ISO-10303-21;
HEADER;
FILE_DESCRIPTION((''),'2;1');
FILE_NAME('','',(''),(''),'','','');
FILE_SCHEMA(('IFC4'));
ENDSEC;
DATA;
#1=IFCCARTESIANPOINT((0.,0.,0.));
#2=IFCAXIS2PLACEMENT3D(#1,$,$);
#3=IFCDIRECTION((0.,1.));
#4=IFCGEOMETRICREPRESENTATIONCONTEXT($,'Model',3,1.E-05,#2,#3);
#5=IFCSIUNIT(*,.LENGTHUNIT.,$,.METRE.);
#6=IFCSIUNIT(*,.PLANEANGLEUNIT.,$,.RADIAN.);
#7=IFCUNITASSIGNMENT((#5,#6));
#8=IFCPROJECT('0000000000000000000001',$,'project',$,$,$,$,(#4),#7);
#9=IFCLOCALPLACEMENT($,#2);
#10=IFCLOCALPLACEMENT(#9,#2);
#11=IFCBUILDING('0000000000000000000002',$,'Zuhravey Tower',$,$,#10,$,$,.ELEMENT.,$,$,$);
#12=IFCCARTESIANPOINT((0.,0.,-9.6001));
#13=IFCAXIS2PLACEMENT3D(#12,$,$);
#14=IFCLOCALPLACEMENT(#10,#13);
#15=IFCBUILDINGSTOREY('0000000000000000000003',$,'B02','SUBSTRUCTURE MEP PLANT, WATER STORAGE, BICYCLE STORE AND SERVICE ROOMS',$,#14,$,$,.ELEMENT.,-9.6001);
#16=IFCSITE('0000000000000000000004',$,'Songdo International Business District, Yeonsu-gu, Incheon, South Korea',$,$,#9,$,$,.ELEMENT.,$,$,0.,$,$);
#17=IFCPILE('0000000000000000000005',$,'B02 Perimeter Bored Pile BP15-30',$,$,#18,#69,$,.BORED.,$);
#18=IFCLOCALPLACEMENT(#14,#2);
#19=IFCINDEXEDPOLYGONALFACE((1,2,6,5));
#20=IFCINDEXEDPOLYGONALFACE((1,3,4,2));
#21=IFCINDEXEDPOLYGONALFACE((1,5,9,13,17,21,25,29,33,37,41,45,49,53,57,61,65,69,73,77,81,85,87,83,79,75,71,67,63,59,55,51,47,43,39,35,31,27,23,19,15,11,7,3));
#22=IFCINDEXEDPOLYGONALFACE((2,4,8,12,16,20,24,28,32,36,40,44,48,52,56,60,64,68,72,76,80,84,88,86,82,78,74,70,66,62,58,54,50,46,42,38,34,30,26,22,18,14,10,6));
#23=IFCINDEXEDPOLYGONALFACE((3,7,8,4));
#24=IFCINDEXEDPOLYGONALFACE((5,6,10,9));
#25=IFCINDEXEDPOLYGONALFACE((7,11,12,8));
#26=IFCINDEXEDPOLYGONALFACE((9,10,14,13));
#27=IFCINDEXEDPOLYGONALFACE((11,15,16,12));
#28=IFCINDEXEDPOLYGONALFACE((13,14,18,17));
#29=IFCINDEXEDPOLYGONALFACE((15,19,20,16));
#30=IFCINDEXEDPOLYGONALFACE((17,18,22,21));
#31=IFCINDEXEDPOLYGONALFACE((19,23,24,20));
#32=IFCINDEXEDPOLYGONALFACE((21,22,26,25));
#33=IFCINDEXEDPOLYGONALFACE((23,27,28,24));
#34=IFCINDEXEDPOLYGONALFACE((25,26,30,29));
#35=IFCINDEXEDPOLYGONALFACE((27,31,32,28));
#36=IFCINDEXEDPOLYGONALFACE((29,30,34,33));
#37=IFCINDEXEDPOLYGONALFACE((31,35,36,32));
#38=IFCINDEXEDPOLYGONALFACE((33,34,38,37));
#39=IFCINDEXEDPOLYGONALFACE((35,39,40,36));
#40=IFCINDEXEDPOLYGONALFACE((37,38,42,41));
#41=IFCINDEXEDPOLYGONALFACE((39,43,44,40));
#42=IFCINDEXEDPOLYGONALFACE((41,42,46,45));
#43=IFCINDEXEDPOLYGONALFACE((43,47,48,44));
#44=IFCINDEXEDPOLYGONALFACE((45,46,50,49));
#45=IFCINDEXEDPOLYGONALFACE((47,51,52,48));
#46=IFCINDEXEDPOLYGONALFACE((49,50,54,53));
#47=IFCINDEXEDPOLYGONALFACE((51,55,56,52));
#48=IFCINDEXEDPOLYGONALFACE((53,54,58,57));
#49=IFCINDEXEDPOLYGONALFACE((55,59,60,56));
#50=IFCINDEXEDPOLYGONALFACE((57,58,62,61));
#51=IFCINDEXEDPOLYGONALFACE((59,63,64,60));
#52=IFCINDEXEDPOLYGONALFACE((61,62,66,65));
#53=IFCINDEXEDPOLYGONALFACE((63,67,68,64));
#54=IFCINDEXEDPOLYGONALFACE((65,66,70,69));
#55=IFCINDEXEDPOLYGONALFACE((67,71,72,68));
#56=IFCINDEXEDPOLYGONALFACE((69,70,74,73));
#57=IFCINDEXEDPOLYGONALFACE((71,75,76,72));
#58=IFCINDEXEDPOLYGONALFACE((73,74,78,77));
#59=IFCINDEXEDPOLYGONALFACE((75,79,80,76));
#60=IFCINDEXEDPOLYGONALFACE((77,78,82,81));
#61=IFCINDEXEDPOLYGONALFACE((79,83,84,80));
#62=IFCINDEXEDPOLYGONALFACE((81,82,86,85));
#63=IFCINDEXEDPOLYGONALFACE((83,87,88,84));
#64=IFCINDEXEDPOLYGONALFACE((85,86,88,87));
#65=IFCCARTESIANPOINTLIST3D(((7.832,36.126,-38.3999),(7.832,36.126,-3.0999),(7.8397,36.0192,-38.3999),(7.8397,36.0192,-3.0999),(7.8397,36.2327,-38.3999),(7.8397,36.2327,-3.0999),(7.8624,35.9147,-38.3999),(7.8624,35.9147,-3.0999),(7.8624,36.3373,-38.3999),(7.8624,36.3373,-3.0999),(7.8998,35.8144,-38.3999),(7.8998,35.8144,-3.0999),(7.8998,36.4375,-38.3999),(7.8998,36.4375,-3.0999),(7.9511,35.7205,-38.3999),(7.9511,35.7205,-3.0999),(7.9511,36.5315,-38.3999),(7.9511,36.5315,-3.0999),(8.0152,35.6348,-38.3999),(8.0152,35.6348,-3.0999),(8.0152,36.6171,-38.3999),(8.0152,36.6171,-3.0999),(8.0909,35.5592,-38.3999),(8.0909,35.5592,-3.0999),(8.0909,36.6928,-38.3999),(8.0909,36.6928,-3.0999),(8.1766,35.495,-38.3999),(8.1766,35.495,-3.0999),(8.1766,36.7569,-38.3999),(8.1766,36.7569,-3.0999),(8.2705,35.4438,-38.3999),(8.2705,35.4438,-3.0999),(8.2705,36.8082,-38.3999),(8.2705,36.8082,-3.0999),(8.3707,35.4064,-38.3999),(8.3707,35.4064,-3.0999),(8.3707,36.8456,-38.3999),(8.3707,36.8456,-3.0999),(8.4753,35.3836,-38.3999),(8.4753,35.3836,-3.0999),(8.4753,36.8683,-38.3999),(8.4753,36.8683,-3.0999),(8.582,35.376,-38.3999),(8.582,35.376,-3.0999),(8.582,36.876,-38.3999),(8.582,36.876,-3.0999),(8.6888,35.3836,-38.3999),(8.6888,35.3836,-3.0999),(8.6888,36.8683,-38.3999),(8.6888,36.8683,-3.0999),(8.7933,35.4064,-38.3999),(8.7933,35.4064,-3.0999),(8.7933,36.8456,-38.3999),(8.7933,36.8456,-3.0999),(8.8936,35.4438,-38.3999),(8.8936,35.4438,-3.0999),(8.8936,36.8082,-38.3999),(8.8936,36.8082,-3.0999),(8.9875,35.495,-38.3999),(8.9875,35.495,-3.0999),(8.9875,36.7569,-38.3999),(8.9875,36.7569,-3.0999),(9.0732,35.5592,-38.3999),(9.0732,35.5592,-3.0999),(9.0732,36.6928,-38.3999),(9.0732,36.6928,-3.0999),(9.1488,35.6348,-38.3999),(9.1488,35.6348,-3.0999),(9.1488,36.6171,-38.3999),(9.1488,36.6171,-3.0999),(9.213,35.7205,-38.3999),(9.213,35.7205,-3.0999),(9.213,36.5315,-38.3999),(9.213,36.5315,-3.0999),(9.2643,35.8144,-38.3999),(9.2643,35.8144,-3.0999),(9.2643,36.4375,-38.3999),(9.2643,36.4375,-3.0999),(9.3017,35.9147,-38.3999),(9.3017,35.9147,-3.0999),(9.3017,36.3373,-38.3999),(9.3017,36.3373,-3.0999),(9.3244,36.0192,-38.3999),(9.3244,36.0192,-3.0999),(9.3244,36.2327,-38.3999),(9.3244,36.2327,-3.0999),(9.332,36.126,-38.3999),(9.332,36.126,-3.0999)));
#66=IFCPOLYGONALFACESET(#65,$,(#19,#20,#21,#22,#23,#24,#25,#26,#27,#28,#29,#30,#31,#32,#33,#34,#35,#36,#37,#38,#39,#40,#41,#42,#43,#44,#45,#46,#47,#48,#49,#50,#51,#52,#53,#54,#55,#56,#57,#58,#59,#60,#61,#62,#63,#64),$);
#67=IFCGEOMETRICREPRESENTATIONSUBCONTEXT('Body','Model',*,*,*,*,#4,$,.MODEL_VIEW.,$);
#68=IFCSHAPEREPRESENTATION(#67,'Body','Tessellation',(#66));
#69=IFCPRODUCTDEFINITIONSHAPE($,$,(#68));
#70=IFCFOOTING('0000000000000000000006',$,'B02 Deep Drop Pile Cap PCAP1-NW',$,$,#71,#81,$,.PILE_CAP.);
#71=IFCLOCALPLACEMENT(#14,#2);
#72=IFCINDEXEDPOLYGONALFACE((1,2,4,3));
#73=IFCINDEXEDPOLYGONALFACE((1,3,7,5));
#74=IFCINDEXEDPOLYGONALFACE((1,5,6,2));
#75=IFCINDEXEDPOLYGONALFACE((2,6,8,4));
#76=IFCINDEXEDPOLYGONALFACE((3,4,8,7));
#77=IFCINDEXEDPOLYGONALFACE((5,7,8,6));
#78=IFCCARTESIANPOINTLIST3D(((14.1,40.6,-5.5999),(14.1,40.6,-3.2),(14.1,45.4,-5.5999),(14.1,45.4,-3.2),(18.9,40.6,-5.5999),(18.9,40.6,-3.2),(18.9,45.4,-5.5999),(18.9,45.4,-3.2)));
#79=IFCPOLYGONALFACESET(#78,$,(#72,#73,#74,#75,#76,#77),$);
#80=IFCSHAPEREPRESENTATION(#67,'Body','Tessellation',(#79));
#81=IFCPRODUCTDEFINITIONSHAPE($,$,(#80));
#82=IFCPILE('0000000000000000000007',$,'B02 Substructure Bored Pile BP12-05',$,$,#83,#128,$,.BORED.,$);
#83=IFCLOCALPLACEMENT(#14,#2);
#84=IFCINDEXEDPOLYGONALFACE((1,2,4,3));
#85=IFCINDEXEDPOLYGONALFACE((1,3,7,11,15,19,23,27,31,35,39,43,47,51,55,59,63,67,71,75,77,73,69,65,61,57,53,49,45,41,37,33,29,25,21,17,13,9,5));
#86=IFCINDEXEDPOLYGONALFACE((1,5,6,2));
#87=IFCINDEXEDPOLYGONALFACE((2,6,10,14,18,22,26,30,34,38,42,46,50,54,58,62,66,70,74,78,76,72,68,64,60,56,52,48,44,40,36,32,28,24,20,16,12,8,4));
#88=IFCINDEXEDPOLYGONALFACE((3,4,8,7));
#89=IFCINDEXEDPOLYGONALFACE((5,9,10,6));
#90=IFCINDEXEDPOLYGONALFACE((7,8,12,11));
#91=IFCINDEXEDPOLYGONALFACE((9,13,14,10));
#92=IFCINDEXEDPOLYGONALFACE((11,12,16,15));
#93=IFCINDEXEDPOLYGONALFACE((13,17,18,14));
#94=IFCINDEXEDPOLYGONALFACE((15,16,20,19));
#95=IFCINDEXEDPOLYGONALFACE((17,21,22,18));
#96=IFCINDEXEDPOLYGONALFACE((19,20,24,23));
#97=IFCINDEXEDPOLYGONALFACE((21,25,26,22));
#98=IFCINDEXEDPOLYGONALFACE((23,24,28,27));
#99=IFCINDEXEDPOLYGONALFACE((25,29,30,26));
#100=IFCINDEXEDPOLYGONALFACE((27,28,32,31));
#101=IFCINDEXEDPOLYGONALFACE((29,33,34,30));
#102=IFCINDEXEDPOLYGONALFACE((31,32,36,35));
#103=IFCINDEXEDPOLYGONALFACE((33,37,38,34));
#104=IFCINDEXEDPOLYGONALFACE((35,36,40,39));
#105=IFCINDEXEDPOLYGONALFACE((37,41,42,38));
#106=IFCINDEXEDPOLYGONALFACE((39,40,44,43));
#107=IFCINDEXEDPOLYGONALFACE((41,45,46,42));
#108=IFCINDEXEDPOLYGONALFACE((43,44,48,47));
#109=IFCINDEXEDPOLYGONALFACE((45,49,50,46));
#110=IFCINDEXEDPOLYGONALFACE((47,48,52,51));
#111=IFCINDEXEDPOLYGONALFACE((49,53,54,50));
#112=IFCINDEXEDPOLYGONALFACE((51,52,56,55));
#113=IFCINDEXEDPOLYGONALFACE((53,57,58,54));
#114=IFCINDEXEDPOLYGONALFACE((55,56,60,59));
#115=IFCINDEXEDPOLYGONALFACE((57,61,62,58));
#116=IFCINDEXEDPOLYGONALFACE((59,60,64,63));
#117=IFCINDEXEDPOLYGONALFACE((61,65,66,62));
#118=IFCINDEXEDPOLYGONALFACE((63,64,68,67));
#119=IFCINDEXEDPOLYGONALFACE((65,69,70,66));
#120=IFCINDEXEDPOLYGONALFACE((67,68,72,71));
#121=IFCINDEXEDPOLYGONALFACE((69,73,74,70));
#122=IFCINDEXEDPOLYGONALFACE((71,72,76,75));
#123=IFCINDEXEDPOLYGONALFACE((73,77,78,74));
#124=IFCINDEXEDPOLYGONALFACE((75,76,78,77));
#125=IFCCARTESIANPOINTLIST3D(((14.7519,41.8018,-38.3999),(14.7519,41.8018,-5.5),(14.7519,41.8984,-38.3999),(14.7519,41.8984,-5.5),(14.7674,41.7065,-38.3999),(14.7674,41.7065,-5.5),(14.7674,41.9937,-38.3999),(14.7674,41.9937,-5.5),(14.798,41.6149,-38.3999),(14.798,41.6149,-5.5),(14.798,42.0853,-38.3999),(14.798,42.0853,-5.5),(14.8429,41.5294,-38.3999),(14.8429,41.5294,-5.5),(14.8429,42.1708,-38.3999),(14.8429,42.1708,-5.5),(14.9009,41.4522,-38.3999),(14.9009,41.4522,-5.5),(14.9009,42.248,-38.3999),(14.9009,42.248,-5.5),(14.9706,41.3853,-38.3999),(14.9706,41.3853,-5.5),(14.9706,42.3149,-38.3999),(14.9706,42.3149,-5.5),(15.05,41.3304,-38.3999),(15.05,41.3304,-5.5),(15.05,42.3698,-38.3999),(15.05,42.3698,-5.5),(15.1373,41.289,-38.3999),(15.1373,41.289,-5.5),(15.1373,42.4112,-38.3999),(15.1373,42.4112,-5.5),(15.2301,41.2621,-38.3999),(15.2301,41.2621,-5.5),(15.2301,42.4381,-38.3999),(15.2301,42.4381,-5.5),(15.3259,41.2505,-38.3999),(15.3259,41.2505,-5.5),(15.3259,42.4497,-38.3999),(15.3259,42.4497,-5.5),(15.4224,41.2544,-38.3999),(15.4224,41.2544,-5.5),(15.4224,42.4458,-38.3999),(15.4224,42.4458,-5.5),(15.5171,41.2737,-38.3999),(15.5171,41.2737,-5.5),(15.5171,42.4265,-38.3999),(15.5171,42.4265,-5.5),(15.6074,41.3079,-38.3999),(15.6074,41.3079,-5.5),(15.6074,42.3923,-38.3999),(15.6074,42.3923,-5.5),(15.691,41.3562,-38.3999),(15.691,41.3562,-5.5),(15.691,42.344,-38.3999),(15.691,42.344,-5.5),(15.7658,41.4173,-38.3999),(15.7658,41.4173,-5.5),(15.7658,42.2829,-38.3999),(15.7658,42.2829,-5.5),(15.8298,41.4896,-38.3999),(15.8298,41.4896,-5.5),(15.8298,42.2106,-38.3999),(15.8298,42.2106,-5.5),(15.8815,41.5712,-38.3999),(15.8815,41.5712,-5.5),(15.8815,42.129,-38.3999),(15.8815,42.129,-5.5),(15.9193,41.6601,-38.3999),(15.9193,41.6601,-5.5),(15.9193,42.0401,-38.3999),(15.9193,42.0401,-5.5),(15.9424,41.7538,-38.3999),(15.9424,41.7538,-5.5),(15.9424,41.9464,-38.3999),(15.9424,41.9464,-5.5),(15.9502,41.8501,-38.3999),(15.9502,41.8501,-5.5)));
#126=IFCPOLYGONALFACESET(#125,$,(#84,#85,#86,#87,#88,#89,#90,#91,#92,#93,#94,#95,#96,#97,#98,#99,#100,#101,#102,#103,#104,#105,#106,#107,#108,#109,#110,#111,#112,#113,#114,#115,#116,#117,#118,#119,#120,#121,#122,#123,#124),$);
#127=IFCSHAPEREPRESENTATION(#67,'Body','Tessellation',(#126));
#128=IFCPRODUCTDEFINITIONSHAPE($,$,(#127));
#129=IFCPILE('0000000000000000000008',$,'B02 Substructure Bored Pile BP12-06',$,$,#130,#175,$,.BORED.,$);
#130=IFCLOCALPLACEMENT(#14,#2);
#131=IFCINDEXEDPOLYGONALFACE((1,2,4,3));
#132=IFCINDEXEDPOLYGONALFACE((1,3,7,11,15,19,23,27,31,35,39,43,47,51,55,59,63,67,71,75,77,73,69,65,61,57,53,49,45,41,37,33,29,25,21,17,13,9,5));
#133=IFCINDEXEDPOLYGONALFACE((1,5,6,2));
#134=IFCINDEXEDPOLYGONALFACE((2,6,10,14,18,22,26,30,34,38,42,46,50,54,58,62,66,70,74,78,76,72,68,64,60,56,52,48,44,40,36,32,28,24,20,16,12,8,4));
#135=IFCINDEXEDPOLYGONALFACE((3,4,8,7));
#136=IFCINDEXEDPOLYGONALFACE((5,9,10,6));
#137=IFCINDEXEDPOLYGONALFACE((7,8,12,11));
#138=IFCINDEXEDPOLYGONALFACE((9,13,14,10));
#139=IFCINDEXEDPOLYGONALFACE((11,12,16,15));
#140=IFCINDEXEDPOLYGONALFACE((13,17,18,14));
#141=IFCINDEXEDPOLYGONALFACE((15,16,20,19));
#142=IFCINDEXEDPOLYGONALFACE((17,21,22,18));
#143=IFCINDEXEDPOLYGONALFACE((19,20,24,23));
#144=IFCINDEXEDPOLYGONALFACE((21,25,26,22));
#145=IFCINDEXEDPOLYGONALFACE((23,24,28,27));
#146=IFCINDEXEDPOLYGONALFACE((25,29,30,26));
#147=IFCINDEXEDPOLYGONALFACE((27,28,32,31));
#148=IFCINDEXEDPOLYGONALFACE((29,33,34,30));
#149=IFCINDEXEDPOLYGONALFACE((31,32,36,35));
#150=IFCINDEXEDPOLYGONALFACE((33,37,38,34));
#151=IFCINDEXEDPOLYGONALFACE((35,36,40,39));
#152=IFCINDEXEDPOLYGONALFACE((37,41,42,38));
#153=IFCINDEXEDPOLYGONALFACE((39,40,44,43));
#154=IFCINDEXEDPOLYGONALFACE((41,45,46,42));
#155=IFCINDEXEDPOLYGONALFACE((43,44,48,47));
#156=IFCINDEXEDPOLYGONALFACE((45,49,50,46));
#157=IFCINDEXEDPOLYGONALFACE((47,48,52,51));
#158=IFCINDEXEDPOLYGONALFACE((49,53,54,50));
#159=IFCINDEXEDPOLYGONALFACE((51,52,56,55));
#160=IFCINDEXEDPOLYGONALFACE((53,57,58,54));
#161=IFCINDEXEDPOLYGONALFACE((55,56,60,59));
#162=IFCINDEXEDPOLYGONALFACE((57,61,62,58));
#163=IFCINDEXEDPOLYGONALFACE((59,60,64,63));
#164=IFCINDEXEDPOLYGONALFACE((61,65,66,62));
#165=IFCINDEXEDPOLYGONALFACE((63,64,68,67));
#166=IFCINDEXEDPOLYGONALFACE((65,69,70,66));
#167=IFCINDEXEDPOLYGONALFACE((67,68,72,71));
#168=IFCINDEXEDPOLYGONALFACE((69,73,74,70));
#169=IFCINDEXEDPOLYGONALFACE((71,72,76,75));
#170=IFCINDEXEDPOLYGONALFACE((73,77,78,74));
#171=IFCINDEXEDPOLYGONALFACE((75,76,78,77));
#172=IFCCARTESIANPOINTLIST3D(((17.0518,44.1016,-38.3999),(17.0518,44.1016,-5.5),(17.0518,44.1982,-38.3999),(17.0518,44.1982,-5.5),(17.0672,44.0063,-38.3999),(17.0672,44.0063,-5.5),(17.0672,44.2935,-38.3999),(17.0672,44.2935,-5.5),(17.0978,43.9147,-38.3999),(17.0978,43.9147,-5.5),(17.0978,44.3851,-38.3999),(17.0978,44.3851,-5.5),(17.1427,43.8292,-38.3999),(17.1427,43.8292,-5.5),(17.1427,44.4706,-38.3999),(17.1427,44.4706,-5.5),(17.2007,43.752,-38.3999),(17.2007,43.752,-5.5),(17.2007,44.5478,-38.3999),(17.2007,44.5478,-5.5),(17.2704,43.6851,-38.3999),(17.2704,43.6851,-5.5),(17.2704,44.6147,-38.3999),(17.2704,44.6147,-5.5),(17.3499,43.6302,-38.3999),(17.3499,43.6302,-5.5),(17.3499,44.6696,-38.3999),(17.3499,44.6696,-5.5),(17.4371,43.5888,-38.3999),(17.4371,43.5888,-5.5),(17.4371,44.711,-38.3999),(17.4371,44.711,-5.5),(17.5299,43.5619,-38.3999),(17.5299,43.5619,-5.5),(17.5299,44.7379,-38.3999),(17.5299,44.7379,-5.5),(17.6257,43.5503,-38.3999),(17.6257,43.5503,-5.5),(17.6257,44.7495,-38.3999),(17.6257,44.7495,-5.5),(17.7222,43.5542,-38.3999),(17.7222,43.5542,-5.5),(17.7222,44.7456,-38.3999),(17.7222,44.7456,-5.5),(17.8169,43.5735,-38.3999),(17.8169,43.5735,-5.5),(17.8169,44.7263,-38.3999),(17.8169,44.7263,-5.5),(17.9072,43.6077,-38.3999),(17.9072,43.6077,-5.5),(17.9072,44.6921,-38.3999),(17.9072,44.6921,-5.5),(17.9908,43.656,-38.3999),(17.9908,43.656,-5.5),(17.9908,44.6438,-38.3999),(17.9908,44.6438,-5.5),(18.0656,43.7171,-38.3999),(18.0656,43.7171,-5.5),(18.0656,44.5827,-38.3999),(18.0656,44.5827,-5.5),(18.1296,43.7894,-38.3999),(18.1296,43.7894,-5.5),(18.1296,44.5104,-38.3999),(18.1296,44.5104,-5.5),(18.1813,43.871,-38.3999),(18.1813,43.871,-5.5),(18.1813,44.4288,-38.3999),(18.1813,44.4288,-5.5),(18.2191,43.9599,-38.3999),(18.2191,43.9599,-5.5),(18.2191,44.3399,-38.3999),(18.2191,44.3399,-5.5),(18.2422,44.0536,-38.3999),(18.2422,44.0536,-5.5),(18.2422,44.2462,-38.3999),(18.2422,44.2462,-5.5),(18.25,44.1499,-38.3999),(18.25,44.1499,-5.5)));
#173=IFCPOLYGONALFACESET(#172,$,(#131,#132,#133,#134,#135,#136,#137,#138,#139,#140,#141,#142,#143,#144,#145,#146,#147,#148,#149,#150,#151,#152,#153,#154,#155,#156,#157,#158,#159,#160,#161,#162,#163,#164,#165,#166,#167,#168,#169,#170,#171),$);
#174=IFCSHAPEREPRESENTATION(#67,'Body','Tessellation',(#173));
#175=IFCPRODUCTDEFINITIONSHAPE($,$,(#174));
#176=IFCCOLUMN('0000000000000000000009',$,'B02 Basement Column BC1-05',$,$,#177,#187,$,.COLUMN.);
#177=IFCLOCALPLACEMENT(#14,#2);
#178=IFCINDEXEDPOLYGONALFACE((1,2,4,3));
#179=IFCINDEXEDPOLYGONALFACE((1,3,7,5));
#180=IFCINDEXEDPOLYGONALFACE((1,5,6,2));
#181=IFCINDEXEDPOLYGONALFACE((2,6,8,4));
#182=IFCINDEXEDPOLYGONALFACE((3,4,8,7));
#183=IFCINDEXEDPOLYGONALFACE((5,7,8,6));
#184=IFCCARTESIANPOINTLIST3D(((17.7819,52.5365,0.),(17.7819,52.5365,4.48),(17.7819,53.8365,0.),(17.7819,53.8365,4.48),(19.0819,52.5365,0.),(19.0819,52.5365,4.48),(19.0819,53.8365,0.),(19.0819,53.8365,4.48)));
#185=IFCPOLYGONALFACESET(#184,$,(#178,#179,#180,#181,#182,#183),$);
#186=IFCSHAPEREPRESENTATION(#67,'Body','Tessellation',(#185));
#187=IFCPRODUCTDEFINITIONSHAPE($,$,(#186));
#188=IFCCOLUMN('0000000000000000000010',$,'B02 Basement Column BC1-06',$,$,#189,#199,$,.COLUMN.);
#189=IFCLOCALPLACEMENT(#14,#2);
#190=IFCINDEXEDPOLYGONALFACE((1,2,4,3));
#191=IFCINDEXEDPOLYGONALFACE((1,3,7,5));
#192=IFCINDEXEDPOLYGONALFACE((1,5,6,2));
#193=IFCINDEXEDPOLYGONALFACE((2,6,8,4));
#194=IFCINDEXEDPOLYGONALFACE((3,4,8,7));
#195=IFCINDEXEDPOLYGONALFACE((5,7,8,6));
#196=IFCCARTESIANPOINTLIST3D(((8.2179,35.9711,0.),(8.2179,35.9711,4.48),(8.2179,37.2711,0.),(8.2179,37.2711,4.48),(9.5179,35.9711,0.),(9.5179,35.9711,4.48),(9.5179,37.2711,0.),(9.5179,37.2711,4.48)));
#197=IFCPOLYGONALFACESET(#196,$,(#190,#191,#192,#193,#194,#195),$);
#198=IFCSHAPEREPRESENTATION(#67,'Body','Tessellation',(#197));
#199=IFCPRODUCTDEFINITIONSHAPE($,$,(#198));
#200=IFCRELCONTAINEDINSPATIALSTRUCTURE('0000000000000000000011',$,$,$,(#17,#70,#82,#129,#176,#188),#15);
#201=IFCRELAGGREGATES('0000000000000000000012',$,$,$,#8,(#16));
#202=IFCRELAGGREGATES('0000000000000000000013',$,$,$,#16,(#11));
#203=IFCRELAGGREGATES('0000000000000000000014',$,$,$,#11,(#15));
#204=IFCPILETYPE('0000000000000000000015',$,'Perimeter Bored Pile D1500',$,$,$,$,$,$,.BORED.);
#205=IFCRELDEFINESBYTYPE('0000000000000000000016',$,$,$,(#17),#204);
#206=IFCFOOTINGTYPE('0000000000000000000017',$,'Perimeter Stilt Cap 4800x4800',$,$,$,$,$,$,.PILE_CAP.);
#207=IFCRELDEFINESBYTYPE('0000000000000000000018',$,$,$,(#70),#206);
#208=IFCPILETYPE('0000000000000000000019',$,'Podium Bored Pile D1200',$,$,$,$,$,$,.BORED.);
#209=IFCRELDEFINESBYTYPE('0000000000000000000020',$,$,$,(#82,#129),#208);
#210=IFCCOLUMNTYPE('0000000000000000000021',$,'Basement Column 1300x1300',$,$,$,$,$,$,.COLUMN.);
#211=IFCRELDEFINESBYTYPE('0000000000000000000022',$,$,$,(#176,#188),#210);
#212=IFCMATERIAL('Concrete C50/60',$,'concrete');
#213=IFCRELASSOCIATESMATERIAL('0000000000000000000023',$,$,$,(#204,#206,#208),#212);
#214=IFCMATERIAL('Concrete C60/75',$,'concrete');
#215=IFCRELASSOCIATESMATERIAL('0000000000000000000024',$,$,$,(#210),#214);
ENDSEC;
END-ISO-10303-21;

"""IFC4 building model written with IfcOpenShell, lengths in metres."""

from ifc_helpers import new_model, si_unit, direction, frame, origin, origin_2d, place, context, subcontext, project, spatial, rectangle, circle, extrude, material, material_profile, profile_set, type_object, element, save


model = new_model("IFC4")

# Units and contexts
model_context = context("Model", 3, precision=1e-05, world=origin(), true_north=direction((0.0, 1.0)))
body_context = subcontext(model_context, "Body", "Model", "MODEL_VIEW")
ifc_project = project(units=[si_unit("LENGTHUNIT", "METRE"), si_unit("PLANEANGLEUNIT", "RADIAN")], contexts=[model_context])

# Site, building, storey
site_placement = place(None, origin())
site = spatial("IfcSite", under=ifc_project, at=site_placement, Name="Songdo International Business District, Yeonsu-gu, Incheon, South Korea", CompositionType="ELEMENT", RefElevation=0.0)
building_placement = place(site_placement, origin())
building = spatial("IfcBuilding", under=site, at=building_placement, Name="Zuhravey Tower", CompositionType="ELEMENT")
storey_placement = place(building_placement, frame((0.0, 0.0, -9.6001)))
storey = spatial("IfcBuildingStorey", under=building, at=storey_placement, Name="B02", Description="SUBSTRUCTURE MEP PLANT, WATER STORAGE, BICYCLE STORE AND SERVICE ROOMS", CompositionType="ELEMENT", Elevation=-9.6001)

# Pile
ifc_material_1 = material(Name="Concrete C50/60", Category="concrete")
ifc_material_profile_1 = material_profile(ifc_material_1, circle(Radius=0.75, at=origin_2d()), Name="PILE-D1500")
ifc_profile_set_1 = profile_set([ifc_material_profile_1], Name="Concrete C50/60")
pile_type_1 = type_object("IfcPileType", Name="Perimeter Bored Pile D1500", PredefinedType="BORED", material=ifc_profile_set_1)
for number, where, z_axis, x_axis, name in (
    (1, (8.582, 36.126, -3.0999), (0.0, 0.0, -1.0), (1.0, 0.0, 0.0), "B02 Perimeter Bored Pile BP15-30"),
):
    element("IfcPile", number, at=place(storey_placement, frame(where, z_axis=z_axis, x_axis=x_axis)), inside=storey, type_object=pile_type_1, Name=name, PredefinedType="BORED", context=body_context, shape_type="SweptSolid", body=[
        extrude(circle(Radius=0.75, at=origin_2d()), origin(), (0.0, 0.0, 1.0), 35.3),
    ])

# Footing
footing_type = type_object("IfcFootingType", Name="Perimeter Stilt Cap 4800x4800", PredefinedType="PILE_CAP", material=ifc_material_1)
footing_placement = place(storey_placement, frame((16.5, 43.0, -5.5999), z_axis=(0.0, 0.0, 1.0), x_axis=(1.0, 0.0, 0.0)))
element("IfcFooting", 2, at=footing_placement, inside=storey, type_object=footing_type, Name="B02 Deep Drop Pile Cap PCAP1-NW", PredefinedType="PILE_CAP", context=body_context, shape_type="SweptSolid", body=[
    extrude(rectangle(XDim=4.8, YDim=4.8, at=origin_2d()), origin(), (0.0, 0.0, 1.0), 2.3999),
])

# Piles
ifc_material_profile_2 = material_profile(ifc_material_1, circle(Radius=0.6001, at=origin_2d()), Name="PILE-D1200")
ifc_profile_set_2 = profile_set([ifc_material_profile_2], Name="Concrete C50/60")
pile_type_2 = type_object("IfcPileType", Name="Podium Bored Pile D1200", PredefinedType="BORED", material=ifc_profile_set_2)
for number, where, z_axis, x_axis, name in (
    (3, (15.3501, 41.8501, -5.5), (0.0, 0.0, -1.0), (1.0, 0.0, 0.0), "B02 Substructure Bored Pile BP12-05"),
    (4, (17.6499, 44.1499, -5.5), (0.0, 0.0, -1.0), (1.0, 0.0, 0.0), "B02 Substructure Bored Pile BP12-06"),
):
    element("IfcPile", number, at=place(storey_placement, frame(where, z_axis=z_axis, x_axis=x_axis)), inside=storey, type_object=pile_type_2, Name=name, PredefinedType="BORED", context=body_context, shape_type="SweptSolid", body=[
        extrude(circle(Radius=0.6001, at=origin_2d()), origin(), (0.0, 0.0, 1.0), 32.8999),
    ])

# Columns
ifc_material_2 = material(Name="Concrete C60/75", Category="concrete")
ifc_material_profile_3 = material_profile(ifc_material_2, rectangle(XDim=1.3, YDim=1.3, at=origin_2d()), Name="RC-1300x1300")
ifc_profile_set_3 = profile_set([ifc_material_profile_3], Name="Concrete C60/75")
column_type = type_object("IfcColumnType", Name="Basement Column 1300x1300", PredefinedType="COLUMN", material=ifc_profile_set_3)
for number, where, z_axis, x_axis, name in (
    (5, (18.4319, 53.1865, 0.0), (0.0, 0.0, 1.0), (1.0, 0.0, 0.0), "B02 Basement Column BC1-05"),
    (6, (8.8679, 36.6211, 0.0), (0.0, 0.0, 1.0), (1.0, 0.0, 0.0), "B02 Basement Column BC1-06"),
):
    element("IfcColumn", number, at=place(storey_placement, frame(where, z_axis=z_axis, x_axis=x_axis)), inside=storey, type_object=column_type, Name=name, PredefinedType="COLUMN", context=body_context, shape_type="SweptSolid", body=[
        extrude(rectangle(XDim=1.3, YDim=1.3, at=origin_2d()), origin(), (0.0, 0.0, 1.0), 4.48),
    ])

save(model, "model.ifc")
